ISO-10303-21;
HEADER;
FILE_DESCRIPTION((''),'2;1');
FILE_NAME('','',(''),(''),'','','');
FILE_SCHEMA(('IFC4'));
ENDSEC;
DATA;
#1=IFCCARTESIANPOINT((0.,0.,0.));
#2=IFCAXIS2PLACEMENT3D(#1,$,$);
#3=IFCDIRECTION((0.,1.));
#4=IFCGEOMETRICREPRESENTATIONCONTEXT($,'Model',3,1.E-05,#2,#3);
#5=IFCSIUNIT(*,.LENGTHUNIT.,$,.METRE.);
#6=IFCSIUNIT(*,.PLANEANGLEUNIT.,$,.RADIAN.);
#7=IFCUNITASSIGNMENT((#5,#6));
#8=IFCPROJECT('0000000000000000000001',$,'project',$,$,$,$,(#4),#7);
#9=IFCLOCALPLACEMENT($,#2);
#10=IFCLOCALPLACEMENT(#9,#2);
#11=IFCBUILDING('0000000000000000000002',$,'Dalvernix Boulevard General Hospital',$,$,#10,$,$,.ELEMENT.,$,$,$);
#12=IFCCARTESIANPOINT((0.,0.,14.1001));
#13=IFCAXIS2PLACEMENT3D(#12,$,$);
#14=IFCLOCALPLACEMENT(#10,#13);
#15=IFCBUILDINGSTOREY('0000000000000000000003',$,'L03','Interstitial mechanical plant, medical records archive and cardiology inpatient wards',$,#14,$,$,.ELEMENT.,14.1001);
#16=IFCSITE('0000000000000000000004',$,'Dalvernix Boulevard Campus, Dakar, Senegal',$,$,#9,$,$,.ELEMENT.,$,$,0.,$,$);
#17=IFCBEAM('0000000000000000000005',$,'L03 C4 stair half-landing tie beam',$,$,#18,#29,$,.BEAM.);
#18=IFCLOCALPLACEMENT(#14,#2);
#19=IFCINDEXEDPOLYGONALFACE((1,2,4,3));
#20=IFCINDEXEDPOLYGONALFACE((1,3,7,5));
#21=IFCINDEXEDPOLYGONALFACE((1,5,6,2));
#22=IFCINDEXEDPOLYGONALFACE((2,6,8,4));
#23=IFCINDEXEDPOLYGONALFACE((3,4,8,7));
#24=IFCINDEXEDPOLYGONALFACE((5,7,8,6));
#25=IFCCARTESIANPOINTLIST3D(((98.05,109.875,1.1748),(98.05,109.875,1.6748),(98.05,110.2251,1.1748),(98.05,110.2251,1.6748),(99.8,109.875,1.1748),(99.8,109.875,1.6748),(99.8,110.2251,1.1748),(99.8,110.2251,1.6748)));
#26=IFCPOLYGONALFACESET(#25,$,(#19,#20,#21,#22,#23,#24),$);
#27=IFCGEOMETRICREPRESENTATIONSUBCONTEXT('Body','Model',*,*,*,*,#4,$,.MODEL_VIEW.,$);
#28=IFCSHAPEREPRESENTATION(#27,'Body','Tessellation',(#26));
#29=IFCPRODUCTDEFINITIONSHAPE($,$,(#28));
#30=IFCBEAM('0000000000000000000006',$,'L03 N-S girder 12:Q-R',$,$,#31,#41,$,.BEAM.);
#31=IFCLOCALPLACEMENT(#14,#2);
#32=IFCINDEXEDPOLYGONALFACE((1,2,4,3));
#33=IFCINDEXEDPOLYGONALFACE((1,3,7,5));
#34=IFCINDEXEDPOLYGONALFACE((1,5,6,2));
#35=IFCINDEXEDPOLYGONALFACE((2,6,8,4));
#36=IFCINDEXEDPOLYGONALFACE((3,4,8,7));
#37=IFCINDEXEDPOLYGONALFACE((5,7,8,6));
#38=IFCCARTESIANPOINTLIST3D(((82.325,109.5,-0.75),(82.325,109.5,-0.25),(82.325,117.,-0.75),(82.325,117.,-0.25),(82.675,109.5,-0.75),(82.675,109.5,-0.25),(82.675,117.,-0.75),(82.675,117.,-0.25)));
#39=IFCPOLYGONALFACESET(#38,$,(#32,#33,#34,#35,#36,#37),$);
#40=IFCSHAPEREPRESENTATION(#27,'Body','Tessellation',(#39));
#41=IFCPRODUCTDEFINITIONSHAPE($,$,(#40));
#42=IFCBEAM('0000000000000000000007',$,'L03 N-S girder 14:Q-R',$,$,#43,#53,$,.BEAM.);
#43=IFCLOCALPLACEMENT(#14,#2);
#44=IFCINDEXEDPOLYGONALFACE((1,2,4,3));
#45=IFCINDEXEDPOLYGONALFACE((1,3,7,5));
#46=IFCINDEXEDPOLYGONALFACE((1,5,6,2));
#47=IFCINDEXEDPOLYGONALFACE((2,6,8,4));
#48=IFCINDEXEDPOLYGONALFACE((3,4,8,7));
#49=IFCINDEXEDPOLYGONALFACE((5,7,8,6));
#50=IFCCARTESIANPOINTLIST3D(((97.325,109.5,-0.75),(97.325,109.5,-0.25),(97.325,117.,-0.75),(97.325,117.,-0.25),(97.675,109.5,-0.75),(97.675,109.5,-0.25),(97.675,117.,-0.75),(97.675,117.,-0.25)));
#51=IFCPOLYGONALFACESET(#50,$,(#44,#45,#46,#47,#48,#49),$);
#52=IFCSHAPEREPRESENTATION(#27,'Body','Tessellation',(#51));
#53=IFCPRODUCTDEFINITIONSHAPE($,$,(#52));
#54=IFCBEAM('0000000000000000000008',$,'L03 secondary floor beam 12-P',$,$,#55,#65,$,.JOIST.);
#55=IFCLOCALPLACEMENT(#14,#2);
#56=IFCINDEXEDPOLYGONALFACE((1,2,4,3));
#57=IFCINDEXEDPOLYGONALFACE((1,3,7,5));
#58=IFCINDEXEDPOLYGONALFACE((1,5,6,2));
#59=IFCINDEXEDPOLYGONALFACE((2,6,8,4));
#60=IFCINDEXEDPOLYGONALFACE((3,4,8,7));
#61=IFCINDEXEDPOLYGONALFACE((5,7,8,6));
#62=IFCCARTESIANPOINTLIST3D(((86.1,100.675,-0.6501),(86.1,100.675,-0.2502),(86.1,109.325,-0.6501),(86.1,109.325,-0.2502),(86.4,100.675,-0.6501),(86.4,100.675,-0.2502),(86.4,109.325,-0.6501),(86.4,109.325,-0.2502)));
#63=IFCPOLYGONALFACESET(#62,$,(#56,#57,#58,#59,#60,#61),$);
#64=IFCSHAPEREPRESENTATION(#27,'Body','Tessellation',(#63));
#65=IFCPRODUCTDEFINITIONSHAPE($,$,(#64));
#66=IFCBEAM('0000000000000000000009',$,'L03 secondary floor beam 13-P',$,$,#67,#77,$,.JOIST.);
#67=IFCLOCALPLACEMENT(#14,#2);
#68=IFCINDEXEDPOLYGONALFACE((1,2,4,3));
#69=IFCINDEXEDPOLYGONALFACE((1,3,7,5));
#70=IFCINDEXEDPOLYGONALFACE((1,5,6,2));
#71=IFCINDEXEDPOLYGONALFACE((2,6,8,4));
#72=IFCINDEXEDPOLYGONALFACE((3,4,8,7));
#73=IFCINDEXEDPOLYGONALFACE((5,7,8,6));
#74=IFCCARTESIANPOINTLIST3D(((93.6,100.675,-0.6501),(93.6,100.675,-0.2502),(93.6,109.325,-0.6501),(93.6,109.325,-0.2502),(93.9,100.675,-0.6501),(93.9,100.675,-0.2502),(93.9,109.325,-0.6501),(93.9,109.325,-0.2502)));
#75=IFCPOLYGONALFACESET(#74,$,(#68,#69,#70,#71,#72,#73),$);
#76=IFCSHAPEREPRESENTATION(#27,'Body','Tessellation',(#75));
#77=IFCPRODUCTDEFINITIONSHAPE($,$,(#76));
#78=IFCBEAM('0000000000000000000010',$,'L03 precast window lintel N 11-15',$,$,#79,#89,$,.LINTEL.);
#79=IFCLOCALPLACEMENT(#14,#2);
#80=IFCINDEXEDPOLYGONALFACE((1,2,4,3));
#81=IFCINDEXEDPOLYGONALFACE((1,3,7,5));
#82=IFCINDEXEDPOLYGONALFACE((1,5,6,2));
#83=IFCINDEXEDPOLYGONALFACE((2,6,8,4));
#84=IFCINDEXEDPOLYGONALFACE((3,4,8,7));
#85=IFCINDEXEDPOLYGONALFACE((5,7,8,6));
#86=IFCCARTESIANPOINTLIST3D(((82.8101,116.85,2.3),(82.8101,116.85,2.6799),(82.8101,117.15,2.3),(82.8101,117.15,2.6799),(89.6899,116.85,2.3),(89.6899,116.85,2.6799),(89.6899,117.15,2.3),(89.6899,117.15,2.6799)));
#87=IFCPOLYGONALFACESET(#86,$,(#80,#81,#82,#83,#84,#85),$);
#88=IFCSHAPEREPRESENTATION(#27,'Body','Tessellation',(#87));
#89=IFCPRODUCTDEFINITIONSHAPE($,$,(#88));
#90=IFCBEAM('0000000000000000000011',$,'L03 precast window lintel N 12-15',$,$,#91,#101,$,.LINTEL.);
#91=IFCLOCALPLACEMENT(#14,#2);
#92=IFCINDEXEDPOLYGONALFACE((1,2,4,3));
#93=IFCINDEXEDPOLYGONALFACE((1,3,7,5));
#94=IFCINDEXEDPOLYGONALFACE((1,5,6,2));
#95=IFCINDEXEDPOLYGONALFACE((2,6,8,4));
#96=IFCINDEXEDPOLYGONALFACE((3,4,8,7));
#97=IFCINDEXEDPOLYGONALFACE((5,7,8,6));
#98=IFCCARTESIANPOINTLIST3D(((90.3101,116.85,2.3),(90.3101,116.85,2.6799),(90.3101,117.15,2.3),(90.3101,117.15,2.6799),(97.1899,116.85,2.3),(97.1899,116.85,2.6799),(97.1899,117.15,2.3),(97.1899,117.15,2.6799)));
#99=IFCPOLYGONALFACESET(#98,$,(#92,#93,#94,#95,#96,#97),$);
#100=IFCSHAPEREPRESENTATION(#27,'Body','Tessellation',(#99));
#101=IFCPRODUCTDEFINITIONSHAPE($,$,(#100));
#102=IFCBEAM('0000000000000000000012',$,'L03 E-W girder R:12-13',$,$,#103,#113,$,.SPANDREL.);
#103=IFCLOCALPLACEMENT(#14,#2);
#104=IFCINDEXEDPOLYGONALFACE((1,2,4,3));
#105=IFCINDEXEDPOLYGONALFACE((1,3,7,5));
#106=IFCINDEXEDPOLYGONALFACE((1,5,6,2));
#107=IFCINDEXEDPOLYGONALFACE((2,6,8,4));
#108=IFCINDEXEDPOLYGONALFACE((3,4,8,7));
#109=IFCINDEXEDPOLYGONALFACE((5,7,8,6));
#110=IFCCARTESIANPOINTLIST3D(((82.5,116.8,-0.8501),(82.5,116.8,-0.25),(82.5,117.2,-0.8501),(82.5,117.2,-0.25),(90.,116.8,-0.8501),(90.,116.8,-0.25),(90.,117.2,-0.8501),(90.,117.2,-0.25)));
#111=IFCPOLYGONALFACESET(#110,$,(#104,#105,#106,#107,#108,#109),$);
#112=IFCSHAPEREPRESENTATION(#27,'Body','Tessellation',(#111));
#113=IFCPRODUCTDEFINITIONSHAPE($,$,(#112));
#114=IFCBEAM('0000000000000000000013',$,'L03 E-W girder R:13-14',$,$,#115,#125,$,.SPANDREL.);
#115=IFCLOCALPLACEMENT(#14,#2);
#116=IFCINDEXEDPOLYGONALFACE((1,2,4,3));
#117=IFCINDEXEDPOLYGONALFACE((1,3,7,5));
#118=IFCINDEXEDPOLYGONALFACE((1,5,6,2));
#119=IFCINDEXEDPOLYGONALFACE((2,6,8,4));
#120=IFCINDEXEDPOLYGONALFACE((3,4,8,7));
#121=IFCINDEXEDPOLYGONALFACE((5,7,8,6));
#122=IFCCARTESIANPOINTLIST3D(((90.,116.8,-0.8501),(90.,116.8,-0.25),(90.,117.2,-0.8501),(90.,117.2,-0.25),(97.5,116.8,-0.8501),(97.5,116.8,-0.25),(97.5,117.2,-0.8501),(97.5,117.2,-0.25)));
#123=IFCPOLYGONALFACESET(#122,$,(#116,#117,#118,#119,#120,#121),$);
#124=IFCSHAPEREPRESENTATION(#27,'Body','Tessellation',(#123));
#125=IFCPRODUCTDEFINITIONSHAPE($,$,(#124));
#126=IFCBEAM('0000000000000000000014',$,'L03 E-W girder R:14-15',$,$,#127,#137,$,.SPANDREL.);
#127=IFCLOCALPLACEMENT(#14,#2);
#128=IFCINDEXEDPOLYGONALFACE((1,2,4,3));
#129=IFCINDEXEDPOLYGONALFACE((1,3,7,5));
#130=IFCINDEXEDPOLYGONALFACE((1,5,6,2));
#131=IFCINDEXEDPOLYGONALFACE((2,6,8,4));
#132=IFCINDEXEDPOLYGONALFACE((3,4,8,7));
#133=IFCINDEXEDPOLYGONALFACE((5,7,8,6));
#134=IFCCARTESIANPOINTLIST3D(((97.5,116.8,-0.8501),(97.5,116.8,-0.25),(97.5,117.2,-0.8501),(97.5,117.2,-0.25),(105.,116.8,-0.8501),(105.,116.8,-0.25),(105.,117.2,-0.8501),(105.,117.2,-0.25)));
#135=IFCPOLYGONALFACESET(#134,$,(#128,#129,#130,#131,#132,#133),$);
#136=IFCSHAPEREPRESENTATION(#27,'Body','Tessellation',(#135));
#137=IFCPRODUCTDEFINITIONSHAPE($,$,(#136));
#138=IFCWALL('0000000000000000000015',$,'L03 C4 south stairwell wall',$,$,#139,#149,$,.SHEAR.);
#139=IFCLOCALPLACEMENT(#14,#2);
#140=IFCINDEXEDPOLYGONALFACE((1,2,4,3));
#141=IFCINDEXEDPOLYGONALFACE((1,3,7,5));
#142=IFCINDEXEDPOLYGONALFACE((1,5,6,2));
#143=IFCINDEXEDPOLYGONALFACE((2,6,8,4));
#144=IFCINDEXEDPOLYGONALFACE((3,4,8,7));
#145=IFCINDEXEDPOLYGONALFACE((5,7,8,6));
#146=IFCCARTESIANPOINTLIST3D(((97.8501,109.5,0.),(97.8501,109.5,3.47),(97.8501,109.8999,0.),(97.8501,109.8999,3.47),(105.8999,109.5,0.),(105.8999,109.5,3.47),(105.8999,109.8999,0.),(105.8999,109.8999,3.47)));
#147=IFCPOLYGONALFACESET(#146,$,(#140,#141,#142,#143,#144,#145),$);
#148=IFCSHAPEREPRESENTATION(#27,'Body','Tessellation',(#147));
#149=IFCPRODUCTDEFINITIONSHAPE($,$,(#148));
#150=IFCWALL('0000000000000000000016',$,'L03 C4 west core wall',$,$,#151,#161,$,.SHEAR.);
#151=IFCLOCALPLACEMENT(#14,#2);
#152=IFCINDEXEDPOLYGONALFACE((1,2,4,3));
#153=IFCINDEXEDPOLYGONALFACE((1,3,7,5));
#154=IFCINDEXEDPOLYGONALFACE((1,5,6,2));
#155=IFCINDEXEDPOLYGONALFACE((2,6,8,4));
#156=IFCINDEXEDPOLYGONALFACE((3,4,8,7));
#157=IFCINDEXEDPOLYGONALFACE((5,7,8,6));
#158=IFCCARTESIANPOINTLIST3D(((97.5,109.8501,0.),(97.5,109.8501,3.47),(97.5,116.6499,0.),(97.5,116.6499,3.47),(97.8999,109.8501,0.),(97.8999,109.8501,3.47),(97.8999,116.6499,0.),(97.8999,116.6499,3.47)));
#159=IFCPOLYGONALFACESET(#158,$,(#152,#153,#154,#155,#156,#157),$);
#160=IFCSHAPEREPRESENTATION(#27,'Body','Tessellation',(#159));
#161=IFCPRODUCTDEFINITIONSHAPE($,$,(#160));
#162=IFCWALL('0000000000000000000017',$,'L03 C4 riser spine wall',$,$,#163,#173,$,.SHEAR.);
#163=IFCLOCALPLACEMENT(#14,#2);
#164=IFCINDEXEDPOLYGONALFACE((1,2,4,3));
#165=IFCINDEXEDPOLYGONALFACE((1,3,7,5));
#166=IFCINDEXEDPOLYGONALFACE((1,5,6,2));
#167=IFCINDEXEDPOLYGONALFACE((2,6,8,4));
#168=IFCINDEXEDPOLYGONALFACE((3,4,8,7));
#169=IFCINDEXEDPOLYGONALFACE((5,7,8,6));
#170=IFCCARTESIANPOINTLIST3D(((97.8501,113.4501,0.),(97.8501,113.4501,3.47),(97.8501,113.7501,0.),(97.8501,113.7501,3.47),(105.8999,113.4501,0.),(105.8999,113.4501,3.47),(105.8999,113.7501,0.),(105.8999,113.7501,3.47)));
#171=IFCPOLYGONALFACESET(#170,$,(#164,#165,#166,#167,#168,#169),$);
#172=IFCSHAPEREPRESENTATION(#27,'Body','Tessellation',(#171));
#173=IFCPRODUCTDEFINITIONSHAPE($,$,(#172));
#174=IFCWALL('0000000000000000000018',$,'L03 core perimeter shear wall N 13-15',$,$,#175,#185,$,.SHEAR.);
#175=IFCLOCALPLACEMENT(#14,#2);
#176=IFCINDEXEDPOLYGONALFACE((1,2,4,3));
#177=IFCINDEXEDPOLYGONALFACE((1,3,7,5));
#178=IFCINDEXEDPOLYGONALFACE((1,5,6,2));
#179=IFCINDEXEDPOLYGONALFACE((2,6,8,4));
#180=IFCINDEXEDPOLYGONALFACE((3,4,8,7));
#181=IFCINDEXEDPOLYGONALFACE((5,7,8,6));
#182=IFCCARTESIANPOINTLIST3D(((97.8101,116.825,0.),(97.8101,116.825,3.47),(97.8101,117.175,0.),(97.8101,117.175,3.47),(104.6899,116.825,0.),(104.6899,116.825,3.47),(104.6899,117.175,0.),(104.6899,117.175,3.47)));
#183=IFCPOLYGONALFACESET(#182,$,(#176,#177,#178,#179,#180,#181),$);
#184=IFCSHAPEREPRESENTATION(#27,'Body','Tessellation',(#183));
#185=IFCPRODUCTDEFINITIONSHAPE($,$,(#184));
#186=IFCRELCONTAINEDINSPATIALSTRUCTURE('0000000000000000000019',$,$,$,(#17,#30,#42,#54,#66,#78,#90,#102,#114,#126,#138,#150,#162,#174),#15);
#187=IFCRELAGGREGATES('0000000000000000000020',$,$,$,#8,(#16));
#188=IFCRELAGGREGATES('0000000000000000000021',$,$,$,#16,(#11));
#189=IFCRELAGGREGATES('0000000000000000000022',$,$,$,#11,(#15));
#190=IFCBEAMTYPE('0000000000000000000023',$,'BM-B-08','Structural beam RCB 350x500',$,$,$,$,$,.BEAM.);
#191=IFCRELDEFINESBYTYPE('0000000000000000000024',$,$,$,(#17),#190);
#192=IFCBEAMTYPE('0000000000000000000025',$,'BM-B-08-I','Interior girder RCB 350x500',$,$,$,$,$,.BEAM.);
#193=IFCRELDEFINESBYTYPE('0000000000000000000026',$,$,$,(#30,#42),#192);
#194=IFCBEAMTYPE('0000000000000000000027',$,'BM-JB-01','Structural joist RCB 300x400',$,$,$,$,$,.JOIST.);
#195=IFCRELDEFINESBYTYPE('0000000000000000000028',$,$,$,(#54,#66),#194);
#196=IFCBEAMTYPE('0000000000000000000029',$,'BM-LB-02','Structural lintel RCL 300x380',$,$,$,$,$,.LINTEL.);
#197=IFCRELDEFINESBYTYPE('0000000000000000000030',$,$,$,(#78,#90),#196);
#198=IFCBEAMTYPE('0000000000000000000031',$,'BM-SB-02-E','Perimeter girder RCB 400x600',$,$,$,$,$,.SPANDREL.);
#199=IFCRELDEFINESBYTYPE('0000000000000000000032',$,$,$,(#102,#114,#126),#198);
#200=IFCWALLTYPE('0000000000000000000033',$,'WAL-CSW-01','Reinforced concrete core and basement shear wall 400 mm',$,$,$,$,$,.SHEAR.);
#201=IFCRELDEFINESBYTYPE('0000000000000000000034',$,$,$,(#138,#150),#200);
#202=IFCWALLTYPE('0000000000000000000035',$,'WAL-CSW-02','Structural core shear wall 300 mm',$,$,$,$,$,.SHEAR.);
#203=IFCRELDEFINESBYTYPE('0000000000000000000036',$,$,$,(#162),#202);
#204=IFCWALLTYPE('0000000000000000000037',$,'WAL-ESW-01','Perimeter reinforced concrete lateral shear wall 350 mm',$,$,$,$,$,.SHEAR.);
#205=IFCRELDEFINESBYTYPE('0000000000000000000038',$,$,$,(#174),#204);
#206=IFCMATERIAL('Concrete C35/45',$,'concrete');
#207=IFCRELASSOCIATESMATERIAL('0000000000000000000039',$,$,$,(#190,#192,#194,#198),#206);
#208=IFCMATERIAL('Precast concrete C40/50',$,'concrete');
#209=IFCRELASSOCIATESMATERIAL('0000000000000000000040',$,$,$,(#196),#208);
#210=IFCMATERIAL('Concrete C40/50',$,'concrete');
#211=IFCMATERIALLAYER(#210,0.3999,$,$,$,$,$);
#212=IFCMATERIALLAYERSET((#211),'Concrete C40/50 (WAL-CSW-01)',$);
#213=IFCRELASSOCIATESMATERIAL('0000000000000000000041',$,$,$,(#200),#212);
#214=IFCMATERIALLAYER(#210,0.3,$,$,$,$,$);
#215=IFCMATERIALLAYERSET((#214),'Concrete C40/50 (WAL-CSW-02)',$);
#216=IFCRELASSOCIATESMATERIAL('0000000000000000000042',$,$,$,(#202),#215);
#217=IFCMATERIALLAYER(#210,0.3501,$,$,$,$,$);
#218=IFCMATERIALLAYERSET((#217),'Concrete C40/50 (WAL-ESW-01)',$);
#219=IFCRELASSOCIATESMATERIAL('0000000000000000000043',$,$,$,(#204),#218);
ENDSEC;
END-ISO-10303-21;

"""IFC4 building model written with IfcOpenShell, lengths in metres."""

from ifc_helpers import new_model, si_unit, direction, frame, frame_2d, origin, origin_2d, place, context, subcontext, project, spatial, rectangle, extrude, material, layer, layer_set, material_profile, profile_set, type_object, element, save


model = new_model("IFC4")

# Units and contexts
model_context = context("Model", 3, precision=1e-05, world=origin(), true_north=direction((0.0, 1.0)))
body_context = subcontext(model_context, "Body", "Model", "MODEL_VIEW")
ifc_project = project(units=[si_unit("LENGTHUNIT", "METRE"), si_unit("PLANEANGLEUNIT", "RADIAN")], contexts=[model_context])

# Site, building, storey
site_placement = place(None, origin())
site = spatial("IfcSite", under=ifc_project, at=site_placement, Name="Dalvernix Boulevard Campus, Dakar, Senegal", CompositionType="ELEMENT", RefElevation=0.0)
building_placement = place(site_placement, origin())
building = spatial("IfcBuilding", under=site, at=building_placement, Name="Dalvernix Boulevard General Hospital", CompositionType="ELEMENT")
storey_placement = place(building_placement, frame((0.0, 0.0, 14.1001)))
storey = spatial("IfcBuildingStorey", under=building, at=storey_placement, Name="L03", Description="Interstitial mechanical plant, medical records archive and cardiology inpatient wards", CompositionType="ELEMENT", Elevation=14.1001)

# Shared definitions
ifc_material_1 = material(Name="Concrete C40/50", Category="concrete")

# Beams
ifc_material_2 = material(Name="Concrete C35/45", Category="concrete")
ifc_material_profile_1 = material_profile(ifc_material_2, rectangle(XDim=0.3501, YDim=0.5, at=origin_2d()), Name="RCB 350x500")
ifc_profile_set_1 = profile_set([ifc_material_profile_1], Name="Concrete C35/45")
beam_type_1 = type_object("IfcBeamType", Name="BM-B-08", Description="Structural beam RCB 350x500", PredefinedType="BEAM", material=ifc_profile_set_1)
beam_1_placement = place(storey_placement, frame((98.05, 110.05, 1.4248), z_axis=(1.0, 0.0, 0.0), x_axis=(0.0, 1.0, 0.0)))
element("IfcBeam", 1, at=beam_1_placement, inside=storey, type_object=beam_type_1, Name="L03 C4 stair half-landing tie beam", PredefinedType="BEAM", context=body_context, shape_type="SweptSolid", body=[
    extrude(rectangle(XDim=0.3501, YDim=0.5, at=origin_2d()), origin(), (0.0, 0.0, 1.0), 1.75),
])
ifc_material_profile_2 = material_profile(ifc_material_2, rectangle(XDim=0.3501, YDim=0.5, at=origin_2d()), Name="RCB 350x500")
ifc_profile_set_2 = profile_set([ifc_material_profile_2], Name="Concrete C35/45")
beam_type_2 = type_object("IfcBeamType", Name="BM-B-08-I", Description="Interior girder RCB 350x500", PredefinedType="BEAM", material=ifc_profile_set_2)
for number, where, z_axis, x_axis, name in (
    (2, (82.5, 109.5, -0.5), (0.0, 1.0, 0.0), (-1.0, 0.0, 0.0), "L03 N-S girder 12:Q-R"),
    (3, (97.5, 109.5, -0.5), (0.0, 1.0, 0.0), (-1.0, 0.0, 0.0), "L03 N-S girder 14:Q-R"),
):
    element("IfcBeam", number, at=place(storey_placement, frame(where, z_axis=z_axis, x_axis=x_axis)), inside=storey, type_object=beam_type_2, Name=name, PredefinedType="BEAM", context=body_context, shape_type="SweptSolid", body=[
        extrude(rectangle(XDim=0.3501, YDim=0.5, at=origin_2d()), origin(), (0.0, 0.0, 1.0), 7.5),
    ])
ifc_material_profile_3 = material_profile(ifc_material_2, rectangle(XDim=0.3, YDim=0.3999, at=origin_2d()), Name="RCB 300x400")
ifc_profile_set_3 = profile_set([ifc_material_profile_3], Name="Concrete C35/45")
beam_type_3 = type_object("IfcBeamType", Name="BM-JB-01", Description="Structural joist RCB 300x400", PredefinedType="JOIST", material=ifc_profile_set_3)
for number, where, z_axis, x_axis, name in (
    (4, (86.25, 100.675, -0.4502), (0.0, 1.0, 0.0), (-1.0, 0.0, 0.0), "L03 secondary floor beam 12-P"),
    (5, (93.75, 100.675, -0.4502), (0.0, 1.0, 0.0), (-1.0, 0.0, 0.0), "L03 secondary floor beam 13-P"),
):
    element("IfcBeam", number, at=place(storey_placement, frame(where, z_axis=z_axis, x_axis=x_axis)), inside=storey, type_object=beam_type_3, Name=name, PredefinedType="JOIST", context=body_context, shape_type="SweptSolid", body=[
        extrude(rectangle(XDim=0.3, YDim=0.3999, at=origin_2d()), origin(), (0.0, 0.0, 1.0), 8.6499),
    ])
ifc_material_3 = material(Name="Precast concrete C40/50", Category="concrete")
ifc_material_profile_4 = material_profile(ifc_material_3, rectangle(XDim=0.3, YDim=0.3799, at=origin_2d()), Name="RCL 300x380")
ifc_profile_set_4 = profile_set([ifc_material_profile_4], Name="Precast concrete C40/50")
beam_type_4 = type_object("IfcBeamType", Name="BM-LB-02", Description="Structural lintel RCL 300x380", PredefinedType="LINTEL", material=ifc_profile_set_4)
for number, where, z_axis, x_axis, name in (
    (6, (82.8101, 117.0, 2.49), (1.0, 0.0, 0.0), (0.0, 1.0, 0.0), "L03 precast window lintel N 11-15"),
    (7, (90.3101, 117.0, 2.49), (1.0, 0.0, 0.0), (0.0, 1.0, 0.0), "L03 precast window lintel N 12-15"),
):
    element("IfcBeam", number, at=place(storey_placement, frame(where, z_axis=z_axis, x_axis=x_axis)), inside=storey, type_object=beam_type_4, Name=name, PredefinedType="LINTEL", context=body_context, shape_type="SweptSolid", body=[
        extrude(rectangle(XDim=0.3, YDim=0.3799, at=origin_2d()), origin(), (0.0, 0.0, 1.0), 6.8799),
    ])
ifc_material_profile_5 = material_profile(ifc_material_2, rectangle(XDim=0.3999, YDim=0.6001, at=origin_2d()), Name="RCB 400x600")
ifc_profile_set_5 = profile_set([ifc_material_profile_5], Name="Concrete C35/45")
beam_type_5 = type_object("IfcBeamType", Name="BM-SB-02-E", Description="Perimeter girder RCB 400x600", PredefinedType="SPANDREL", material=ifc_profile_set_5)
for number, where, z_axis, x_axis, name in (
    (8, (82.5, 117.0, -0.55), (1.0, 0.0, 0.0), (0.0, 1.0, 0.0), "L03 E-W girder R:12-13"),
    (9, (90.0, 117.0, -0.55), (1.0, 0.0, 0.0), (0.0, 1.0, 0.0), "L03 E-W girder R:13-14"),
    (10, (97.5, 117.0, -0.55), (1.0, 0.0, 0.0), (0.0, 1.0, 0.0), "L03 E-W girder R:14-15"),
):
    element("IfcBeam", number, at=place(storey_placement, frame(where, z_axis=z_axis, x_axis=x_axis)), inside=storey, type_object=beam_type_5, Name=name, PredefinedType="SPANDREL", context=body_context, shape_type="SweptSolid", body=[
        extrude(rectangle(XDim=0.3999, YDim=0.6001, at=origin_2d()), origin(), (0.0, 0.0, 1.0), 7.5),
    ])

# Walls
ifc_layer_1 = layer(ifc_material_1, 0.3999)
ifc_layer_set_1 = layer_set([ifc_layer_1], Name="Concrete C40/50 (WAL-CSW-01)")
wall_type_1 = type_object("IfcWallType", Name="WAL-CSW-01", Description="Reinforced concrete core and basement shear wall 400 mm", PredefinedType="SHEAR", material=ifc_layer_set_1)
wall_1_placement = place(storey_placement, frame((97.8501, 109.7, 0.0), z_axis=(0.0, 0.0, 1.0), x_axis=(1.0, 0.0, 0.0)))
element("IfcWall", 11, at=wall_1_placement, inside=storey, type_object=wall_type_1, Name="L03 C4 south stairwell wall", PredefinedType="SHEAR", context=body_context, shape_type="SweptSolid", body=[
    extrude(rectangle(XDim=8.0498, YDim=0.3999, at=frame_2d((4.0249, 0.0))), origin(), (0.0, 0.0, 1.0), 3.47),
])
wall_2_placement = place(storey_placement, frame((97.7, 109.8501, 0.0), z_axis=(0.0, 0.0, 1.0), x_axis=(0.0, 1.0, 0.0)))
element("IfcWall", 12, at=wall_2_placement, inside=storey, type_object=wall_type_1, Name="L03 C4 west core wall", PredefinedType="SHEAR", context=body_context, shape_type="SweptSolid", body=[
    extrude(rectangle(XDim=6.7998, YDim=0.3999, at=frame_2d((3.3999, 0.0))), origin(), (0.0, 0.0, 1.0), 3.47),
])
ifc_layer_2 = layer(ifc_material_1, 0.3)
ifc_layer_set_2 = layer_set([ifc_layer_2], Name="Concrete C40/50 (WAL-CSW-02)")
wall_type_2 = type_object("IfcWallType", Name="WAL-CSW-02", Description="Structural core shear wall 300 mm", PredefinedType="SHEAR", material=ifc_layer_set_2)
wall_3_placement = place(storey_placement, frame((97.8501, 113.6001, 0.0), z_axis=(0.0, 0.0, 1.0), x_axis=(1.0, 0.0, 0.0)))
element("IfcWall", 13, at=wall_3_placement, inside=storey, type_object=wall_type_2, Name="L03 C4 riser spine wall", PredefinedType="SHEAR", context=body_context, shape_type="SweptSolid", body=[
    extrude(rectangle(XDim=8.0498, YDim=0.3, at=frame_2d((4.0249, 0.0))), origin(), (0.0, 0.0, 1.0), 3.47),
])
ifc_layer_3 = layer(ifc_material_1, 0.3501)
ifc_layer_set_3 = layer_set([ifc_layer_3], Name="Concrete C40/50 (WAL-ESW-01)")
wall_type_3 = type_object("IfcWallType", Name="WAL-ESW-01", Description="Perimeter reinforced concrete lateral shear wall 350 mm", PredefinedType="SHEAR", material=ifc_layer_set_3)
wall_4_placement = place(storey_placement, frame((97.8101, 117.0, 0.0), z_axis=(0.0, 0.0, 1.0), x_axis=(1.0, 0.0, 0.0)))
element("IfcWall", 14, at=wall_4_placement, inside=storey, type_object=wall_type_3, Name="L03 core perimeter shear wall N 13-15", PredefinedType="SHEAR", context=body_context, shape_type="SweptSolid", body=[
    extrude(rectangle(XDim=6.8799, YDim=0.3501, at=frame_2d((3.4399, 0.0))), origin(), (0.0, 0.0, 1.0), 3.47),
])

save(model, "model.ifc")
